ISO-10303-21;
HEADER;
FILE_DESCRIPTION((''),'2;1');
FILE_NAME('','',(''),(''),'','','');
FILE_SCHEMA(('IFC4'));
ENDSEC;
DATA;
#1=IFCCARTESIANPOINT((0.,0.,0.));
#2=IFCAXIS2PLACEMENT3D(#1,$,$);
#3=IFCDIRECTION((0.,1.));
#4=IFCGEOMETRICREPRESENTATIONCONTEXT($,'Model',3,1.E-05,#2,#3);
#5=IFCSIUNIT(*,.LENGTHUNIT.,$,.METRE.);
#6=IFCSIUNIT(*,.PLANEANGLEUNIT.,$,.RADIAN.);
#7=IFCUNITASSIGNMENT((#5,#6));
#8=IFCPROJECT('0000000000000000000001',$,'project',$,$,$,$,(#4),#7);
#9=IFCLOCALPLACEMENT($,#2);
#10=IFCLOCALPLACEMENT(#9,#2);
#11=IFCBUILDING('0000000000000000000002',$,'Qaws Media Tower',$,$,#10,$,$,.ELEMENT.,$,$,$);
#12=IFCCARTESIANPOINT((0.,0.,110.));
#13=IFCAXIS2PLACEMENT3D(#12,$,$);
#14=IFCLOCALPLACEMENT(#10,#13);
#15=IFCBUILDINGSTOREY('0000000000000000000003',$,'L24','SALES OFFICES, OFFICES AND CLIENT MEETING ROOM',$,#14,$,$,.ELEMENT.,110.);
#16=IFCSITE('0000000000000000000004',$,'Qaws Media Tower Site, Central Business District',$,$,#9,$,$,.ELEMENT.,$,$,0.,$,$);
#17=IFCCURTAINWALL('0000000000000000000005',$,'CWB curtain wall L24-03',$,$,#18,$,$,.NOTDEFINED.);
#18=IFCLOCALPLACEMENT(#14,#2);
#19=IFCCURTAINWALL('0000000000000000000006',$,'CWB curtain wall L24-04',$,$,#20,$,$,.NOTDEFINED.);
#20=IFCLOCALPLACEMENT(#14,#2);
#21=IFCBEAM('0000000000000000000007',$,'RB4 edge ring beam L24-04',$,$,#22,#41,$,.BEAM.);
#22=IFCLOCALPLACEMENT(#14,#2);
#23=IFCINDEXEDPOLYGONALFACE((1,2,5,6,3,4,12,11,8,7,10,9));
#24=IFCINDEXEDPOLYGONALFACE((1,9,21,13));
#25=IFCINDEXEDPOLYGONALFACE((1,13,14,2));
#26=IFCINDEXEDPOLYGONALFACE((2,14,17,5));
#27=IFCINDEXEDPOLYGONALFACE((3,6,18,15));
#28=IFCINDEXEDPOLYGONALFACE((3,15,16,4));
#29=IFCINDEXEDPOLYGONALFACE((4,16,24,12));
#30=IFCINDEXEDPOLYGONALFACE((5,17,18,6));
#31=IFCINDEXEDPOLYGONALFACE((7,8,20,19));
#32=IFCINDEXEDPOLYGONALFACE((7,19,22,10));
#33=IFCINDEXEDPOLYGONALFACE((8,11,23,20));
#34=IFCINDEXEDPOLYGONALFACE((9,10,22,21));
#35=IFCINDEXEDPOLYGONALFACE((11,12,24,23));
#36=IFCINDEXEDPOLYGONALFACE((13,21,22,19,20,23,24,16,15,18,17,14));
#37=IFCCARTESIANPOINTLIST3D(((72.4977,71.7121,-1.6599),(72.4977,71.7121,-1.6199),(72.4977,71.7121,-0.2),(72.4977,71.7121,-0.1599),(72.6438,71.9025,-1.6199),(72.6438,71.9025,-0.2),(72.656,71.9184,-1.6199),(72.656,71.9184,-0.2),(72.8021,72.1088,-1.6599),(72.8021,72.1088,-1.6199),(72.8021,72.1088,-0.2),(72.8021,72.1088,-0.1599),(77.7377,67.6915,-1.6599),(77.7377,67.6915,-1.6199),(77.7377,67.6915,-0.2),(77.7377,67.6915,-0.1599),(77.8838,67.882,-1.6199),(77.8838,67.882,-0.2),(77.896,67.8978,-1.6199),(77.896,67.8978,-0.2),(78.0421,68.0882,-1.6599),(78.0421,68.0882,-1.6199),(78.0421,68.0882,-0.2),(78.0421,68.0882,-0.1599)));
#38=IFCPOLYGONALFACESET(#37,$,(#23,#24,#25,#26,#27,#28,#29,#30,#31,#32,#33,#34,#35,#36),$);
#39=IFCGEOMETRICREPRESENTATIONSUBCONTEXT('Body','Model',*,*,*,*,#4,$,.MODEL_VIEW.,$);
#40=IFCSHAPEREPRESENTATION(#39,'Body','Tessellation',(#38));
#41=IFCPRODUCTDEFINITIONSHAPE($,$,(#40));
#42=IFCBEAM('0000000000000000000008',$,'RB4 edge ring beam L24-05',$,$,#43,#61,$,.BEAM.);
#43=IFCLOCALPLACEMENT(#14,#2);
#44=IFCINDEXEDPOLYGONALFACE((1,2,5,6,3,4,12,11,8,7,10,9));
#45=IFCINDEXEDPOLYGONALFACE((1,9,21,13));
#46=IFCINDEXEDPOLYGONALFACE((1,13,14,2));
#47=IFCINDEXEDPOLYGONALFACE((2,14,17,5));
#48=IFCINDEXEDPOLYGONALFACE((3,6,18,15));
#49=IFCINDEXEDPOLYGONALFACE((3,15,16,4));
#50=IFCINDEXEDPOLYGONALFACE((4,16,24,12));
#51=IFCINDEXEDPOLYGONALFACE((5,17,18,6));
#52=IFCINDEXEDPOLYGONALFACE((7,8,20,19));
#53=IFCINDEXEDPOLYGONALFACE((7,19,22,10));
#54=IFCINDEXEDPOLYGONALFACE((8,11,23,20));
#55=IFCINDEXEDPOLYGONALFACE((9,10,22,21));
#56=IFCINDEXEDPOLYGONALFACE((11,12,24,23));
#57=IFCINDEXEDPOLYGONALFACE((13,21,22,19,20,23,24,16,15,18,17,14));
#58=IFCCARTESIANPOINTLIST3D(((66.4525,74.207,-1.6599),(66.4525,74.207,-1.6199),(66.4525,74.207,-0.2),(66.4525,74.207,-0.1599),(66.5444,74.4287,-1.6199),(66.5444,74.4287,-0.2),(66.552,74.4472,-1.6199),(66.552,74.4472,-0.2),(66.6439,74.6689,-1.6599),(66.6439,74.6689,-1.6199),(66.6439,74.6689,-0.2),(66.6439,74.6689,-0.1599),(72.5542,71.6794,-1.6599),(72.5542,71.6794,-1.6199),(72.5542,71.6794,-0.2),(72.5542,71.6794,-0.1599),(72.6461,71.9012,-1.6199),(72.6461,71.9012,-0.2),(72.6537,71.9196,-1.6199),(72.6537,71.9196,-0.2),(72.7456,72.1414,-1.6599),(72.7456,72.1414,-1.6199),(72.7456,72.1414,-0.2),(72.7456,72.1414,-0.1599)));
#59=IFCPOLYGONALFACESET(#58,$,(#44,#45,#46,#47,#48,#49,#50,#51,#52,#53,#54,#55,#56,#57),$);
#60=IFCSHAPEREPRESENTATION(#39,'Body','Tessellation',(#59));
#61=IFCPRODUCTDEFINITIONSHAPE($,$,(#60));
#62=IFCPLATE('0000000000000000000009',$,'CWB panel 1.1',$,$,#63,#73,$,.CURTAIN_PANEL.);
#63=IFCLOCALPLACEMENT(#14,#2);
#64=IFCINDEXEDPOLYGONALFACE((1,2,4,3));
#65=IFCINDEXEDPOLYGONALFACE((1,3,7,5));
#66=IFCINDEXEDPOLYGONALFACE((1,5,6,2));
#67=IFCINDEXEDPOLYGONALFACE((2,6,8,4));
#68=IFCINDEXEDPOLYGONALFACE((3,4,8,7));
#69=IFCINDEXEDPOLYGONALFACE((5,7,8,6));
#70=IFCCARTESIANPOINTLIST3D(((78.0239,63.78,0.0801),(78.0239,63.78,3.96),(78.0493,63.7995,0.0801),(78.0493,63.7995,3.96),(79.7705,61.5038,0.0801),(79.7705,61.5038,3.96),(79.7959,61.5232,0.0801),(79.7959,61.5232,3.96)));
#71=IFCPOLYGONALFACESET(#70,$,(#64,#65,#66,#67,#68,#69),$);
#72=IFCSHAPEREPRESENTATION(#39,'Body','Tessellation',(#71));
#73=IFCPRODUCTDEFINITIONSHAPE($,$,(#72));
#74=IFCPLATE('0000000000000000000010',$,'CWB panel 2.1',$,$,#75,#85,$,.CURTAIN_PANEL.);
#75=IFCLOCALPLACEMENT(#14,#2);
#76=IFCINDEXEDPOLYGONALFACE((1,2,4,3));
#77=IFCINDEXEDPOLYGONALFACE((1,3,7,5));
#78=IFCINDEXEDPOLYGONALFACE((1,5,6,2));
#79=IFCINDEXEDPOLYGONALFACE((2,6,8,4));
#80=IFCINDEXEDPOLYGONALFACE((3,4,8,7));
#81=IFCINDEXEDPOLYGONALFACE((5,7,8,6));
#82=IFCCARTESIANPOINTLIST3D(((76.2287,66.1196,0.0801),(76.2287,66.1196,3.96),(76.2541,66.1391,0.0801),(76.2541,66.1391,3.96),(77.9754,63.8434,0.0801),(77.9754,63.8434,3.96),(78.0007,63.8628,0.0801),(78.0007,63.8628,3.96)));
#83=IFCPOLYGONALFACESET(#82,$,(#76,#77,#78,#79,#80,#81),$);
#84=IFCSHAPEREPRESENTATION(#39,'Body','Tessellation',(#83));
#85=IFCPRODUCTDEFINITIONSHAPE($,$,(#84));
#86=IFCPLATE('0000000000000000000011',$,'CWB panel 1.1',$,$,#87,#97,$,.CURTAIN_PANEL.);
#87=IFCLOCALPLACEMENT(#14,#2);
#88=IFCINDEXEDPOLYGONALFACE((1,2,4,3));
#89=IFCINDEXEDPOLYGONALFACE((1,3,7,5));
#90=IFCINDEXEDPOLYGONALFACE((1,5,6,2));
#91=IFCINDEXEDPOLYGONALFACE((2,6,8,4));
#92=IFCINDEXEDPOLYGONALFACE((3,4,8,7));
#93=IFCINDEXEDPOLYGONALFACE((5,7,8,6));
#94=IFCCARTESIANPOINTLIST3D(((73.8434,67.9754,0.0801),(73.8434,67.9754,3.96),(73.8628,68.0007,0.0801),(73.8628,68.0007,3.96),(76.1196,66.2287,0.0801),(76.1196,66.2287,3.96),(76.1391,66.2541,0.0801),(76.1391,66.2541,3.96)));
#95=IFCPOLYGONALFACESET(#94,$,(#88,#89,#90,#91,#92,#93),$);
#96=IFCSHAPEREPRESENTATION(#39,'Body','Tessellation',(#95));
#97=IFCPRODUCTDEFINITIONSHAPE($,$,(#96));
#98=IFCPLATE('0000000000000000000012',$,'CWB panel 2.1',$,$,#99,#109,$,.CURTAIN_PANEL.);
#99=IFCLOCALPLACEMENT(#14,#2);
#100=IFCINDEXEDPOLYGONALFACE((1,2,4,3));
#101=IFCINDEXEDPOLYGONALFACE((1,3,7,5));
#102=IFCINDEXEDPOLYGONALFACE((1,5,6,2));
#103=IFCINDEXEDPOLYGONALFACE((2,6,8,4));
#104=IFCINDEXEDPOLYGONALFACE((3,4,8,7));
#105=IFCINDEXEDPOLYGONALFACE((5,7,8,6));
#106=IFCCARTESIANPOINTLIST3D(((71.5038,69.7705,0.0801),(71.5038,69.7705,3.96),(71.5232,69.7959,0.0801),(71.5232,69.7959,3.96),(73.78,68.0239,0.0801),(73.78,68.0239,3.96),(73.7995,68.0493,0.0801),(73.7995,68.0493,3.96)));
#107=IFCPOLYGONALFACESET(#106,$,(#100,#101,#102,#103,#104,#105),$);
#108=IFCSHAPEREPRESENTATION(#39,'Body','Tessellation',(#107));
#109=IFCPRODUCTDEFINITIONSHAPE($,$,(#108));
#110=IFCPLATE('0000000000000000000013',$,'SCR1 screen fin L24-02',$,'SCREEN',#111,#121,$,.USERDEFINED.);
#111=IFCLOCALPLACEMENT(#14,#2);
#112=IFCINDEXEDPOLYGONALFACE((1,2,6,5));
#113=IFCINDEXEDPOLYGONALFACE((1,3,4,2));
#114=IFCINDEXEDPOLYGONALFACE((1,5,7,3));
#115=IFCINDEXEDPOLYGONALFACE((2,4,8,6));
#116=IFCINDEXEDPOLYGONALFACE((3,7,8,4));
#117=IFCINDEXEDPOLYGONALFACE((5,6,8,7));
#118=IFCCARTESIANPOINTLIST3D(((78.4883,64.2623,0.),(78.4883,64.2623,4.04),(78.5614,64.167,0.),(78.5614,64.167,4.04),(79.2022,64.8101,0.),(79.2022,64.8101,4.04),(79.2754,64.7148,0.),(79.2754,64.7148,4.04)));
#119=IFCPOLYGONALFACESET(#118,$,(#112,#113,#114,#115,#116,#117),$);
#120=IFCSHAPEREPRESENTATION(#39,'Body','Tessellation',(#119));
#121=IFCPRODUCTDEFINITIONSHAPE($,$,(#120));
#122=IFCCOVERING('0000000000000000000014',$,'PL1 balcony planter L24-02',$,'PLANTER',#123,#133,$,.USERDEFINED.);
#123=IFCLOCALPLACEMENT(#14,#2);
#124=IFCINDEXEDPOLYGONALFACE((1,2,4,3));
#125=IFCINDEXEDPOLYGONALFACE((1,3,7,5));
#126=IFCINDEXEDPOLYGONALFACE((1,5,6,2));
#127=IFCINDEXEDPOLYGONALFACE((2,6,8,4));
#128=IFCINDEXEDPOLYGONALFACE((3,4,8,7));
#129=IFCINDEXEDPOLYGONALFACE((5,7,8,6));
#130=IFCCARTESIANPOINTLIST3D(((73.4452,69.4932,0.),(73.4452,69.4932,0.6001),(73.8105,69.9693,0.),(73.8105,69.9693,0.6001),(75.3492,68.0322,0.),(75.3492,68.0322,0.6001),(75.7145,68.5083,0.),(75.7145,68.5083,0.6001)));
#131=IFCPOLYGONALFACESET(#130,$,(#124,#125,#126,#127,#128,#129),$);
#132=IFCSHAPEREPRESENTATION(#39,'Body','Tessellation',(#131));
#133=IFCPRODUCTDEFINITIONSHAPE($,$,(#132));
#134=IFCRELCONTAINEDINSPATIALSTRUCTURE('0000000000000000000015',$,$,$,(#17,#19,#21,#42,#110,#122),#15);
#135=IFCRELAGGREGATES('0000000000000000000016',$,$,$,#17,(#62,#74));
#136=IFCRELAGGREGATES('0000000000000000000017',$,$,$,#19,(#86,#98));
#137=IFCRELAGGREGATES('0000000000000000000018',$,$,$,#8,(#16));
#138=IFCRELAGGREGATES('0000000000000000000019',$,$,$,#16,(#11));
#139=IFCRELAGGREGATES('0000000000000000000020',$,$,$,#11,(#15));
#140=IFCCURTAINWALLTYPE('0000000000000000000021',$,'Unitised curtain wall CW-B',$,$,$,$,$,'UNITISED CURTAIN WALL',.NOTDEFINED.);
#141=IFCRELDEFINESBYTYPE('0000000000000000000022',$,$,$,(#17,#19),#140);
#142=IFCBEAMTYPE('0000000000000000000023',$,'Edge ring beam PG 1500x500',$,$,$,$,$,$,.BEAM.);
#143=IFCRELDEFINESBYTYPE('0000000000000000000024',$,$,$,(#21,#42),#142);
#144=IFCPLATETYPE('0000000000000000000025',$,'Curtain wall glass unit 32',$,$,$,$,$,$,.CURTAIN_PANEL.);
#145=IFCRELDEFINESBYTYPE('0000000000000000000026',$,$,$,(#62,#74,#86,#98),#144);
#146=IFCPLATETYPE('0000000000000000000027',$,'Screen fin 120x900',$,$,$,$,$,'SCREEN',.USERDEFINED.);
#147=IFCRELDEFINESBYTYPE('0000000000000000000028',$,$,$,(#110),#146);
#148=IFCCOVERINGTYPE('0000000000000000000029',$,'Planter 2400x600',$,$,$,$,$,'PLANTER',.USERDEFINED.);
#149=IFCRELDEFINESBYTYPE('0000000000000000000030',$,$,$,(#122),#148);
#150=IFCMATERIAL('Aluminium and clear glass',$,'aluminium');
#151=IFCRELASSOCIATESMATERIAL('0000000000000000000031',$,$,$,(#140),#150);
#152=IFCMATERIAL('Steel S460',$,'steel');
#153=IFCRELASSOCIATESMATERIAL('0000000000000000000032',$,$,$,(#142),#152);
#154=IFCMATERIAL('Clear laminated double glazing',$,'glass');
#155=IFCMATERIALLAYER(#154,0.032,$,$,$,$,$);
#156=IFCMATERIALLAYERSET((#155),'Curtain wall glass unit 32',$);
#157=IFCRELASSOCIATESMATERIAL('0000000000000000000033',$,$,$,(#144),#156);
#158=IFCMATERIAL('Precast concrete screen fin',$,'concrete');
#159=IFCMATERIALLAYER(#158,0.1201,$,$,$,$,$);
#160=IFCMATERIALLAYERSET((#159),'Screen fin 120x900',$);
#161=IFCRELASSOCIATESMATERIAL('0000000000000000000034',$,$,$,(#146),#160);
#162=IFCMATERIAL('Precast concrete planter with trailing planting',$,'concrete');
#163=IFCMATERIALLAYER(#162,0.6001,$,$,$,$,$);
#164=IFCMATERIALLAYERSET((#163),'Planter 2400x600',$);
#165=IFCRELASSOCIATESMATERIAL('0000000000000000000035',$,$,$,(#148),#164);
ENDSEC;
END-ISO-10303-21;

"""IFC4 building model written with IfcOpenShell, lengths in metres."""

from ifc_helpers import new_model, si_unit, direction, frame, origin, origin_2d, place, context, subcontext, project, spatial, rectangle, i_section, extrude, material, layer, layer_set, material_profile, profile_set, type_object, element, aggregate, save


model = new_model("IFC4")

# Units and contexts
model_context = context("Model", 3, precision=1e-05, world=origin(), true_north=direction((0.0, 1.0)))
body_context = subcontext(model_context, "Body", "Model", "MODEL_VIEW")
ifc_project = project(units=[si_unit("LENGTHUNIT", "METRE"), si_unit("PLANEANGLEUNIT", "RADIAN")], contexts=[model_context])

# Site, building, storey
site_placement = place(None, origin())
site = spatial("IfcSite", under=ifc_project, at=site_placement, Name="Qaws Media Tower Site, Central Business District", CompositionType="ELEMENT", RefElevation=0.0)
building_placement = place(site_placement, origin())
building = spatial("IfcBuilding", under=site, at=building_placement, Name="Qaws Media Tower", CompositionType="ELEMENT")
storey_placement = place(building_placement, frame((0.0, 0.0, 110.0)))
storey = spatial("IfcBuildingStorey", under=building, at=storey_placement, Name="L24", Description="SALES OFFICES, OFFICES AND CLIENT MEETING ROOM", CompositionType="ELEMENT", Elevation=110.0)

# Curtain walls
ifc_material_1 = material(Name="Aluminium and clear glass", Category="aluminium")
curtain_wall_type = type_object("IfcCurtainWallType", Name="Unitised curtain wall CW-B", ElementType="UNITISED CURTAIN WALL", PredefinedType="NOTDEFINED", material=ifc_material_1)
curtain_wall_1_placement = place(storey_placement, origin())
curtain_wall_1 = element("IfcCurtainWall", 1, at=curtain_wall_1_placement, inside=storey, type_object=curtain_wall_type, Name="CWB curtain wall L24-03", PredefinedType="NOTDEFINED")
curtain_wall_2_placement = place(storey_placement, origin())
curtain_wall_2 = element("IfcCurtainWall", 2, at=curtain_wall_2_placement, inside=storey, type_object=curtain_wall_type, Name="CWB curtain wall L24-04", PredefinedType="NOTDEFINED")

# Beams
ifc_material_2 = material(Name="Steel S460", Category="steel")
ifc_material_profile_1 = material_profile(ifc_material_2, i_section(OverallWidth=0.5, OverallDepth=1.5, WebThickness=0.02, FlangeThickness=0.04, at=origin_2d()), Name="PG 1500x500")
ifc_profile_set_1 = profile_set([ifc_material_profile_1], Name="Steel S460")
beam_type = type_object("IfcBeamType", Name="Edge ring beam PG 1500x500", PredefinedType="BEAM", material=ifc_profile_set_1)
for number, where, z_axis, x_axis, name in (
    (3, (77.8899, 67.8899, -0.9099), (-0.793374, 0.608735, 0.0), (-0.608735, -0.793374, 0.0), "RB4 edge ring beam L24-04"),
):
    element("IfcBeam", number, at=place(storey_placement, frame(where, z_axis=z_axis, x_axis=x_axis)), inside=storey, type_object=beam_type, Name=name, PredefinedType="BEAM", context=body_context, shape_type="SweptSolid", body=[
        extrude(i_section(OverallWidth=0.5, OverallDepth=1.5, WebThickness=0.02, FlangeThickness=0.04, at=origin_2d()), origin(), (0.0, 0.0, 1.0), 6.6047),
    ])
beam_placement = place(storey_placement, frame((72.6499, 71.9104, -0.9099), z_axis=(-0.923872, 0.382701, 0.0), x_axis=(-0.382701, -0.923872, 0.0)))
element("IfcBeam", 4, at=beam_placement, inside=storey, type_object=beam_type, Name="RB4 edge ring beam L24-05", PredefinedType="BEAM", context=body_context, shape_type="SweptSolid", body=[
    extrude(i_section(OverallWidth=0.5, OverallDepth=1.5, WebThickness=0.02, FlangeThickness=0.04, at=origin_2d()), origin(), (0.0, 0.0, 1.0), 6.6045),
])

# Plates
ifc_material_3 = material(Name="Clear laminated double glazing", Category="glass")
ifc_layer_1 = layer(ifc_material_3, 0.032)
ifc_layer_set_1 = layer_set([ifc_layer_1], Name="Curtain wall glass unit 32")
plate_type_1 = type_object("IfcPlateType", Name="Curtain wall glass unit 32", PredefinedType="CURTAIN_PANEL", material=ifc_layer_set_1)
plate_1_placement = place(storey_placement, frame((78.9099, 62.6516, 0.0801), z_axis=(0.0, 0.0, 1.0), x_axis=(-0.608762, 0.793353, 0.0)))
plate_1 = element("IfcPlate", 5, at=plate_1_placement, type_object=plate_type_1, Name="CWB panel 1.1", PredefinedType="CURTAIN_PANEL", context=body_context, shape_type="SweptSolid", body=[
    extrude(rectangle(XDim=2.8691, YDim=0.032, at=origin_2d()), origin(), (0.0, 0.0, 1.0), 3.8799),
])
plate_2_placement = place(storey_placement, frame((77.1147, 64.9912, 0.0801), z_axis=(0.0, 0.0, 1.0), x_axis=(-0.608762, 0.793353, 0.0)))
plate_2 = element("IfcPlate", 6, at=plate_2_placement, type_object=plate_type_1, Name="CWB panel 2.1", PredefinedType="CURTAIN_PANEL", context=body_context, shape_type="SweptSolid", body=[
    extrude(rectangle(XDim=2.8691, YDim=0.032, at=origin_2d()), origin(), (0.0, 0.0, 1.0), 3.8799),
])
aggregate(curtain_wall_1, [plate_1, plate_2])
plate_3_placement = place(storey_placement, frame((74.9912, 67.1147, 0.0801), z_axis=(0.0, 0.0, 1.0), x_axis=(-0.793353, 0.608762, 0.0)))
plate_3 = element("IfcPlate", 7, at=plate_3_placement, type_object=plate_type_1, Name="CWB panel 1.1", PredefinedType="CURTAIN_PANEL", context=body_context, shape_type="SweptSolid", body=[
    extrude(rectangle(XDim=2.8691, YDim=0.032, at=origin_2d()), origin(), (0.0, 0.0, 1.0), 3.8799),
])
plate_4_placement = place(storey_placement, frame((72.6516, 68.9099, 0.0801), z_axis=(0.0, 0.0, 1.0), x_axis=(-0.793353, 0.608762, 0.0)))
plate_4 = element("IfcPlate", 8, at=plate_4_placement, type_object=plate_type_1, Name="CWB panel 2.1", PredefinedType="CURTAIN_PANEL", context=body_context, shape_type="SweptSolid", body=[
    extrude(rectangle(XDim=2.8691, YDim=0.032, at=origin_2d()), origin(), (0.0, 0.0, 1.0), 3.8799),
])
aggregate(curtain_wall_2, [plate_3, plate_4])
ifc_material_4 = material(Name="Precast concrete screen fin", Category="concrete")
ifc_layer_2 = layer(ifc_material_4, 0.1201)
ifc_layer_set_2 = layer_set([ifc_layer_2], Name="Screen fin 120x900")
plate_type_2 = type_object("IfcPlateType", Name="Screen fin 120x900", ElementType="SCREEN", PredefinedType="USERDEFINED", material=ifc_layer_set_2)
plate_5_placement = place(storey_placement, frame((78.8818, 64.4885, 0.0), z_axis=(0.0, 0.0, 1.0), x_axis=(0.793353, 0.608761, 0.0)))
element("IfcPlate", 9, at=plate_5_placement, inside=storey, type_object=plate_type_2, Name="SCR1 screen fin L24-02", ObjectType="SCREEN", PredefinedType="USERDEFINED", context=body_context, shape_type="SweptSolid", body=[
    extrude(rectangle(XDim=0.8999, YDim=0.1201, at=origin_2d()), origin(), (0.0, 0.0, 1.0), 4.04),
])

# Covering
ifc_material_5 = material(Name="Precast concrete planter with trailing planting", Category="concrete")
ifc_layer_3 = layer(ifc_material_5, 0.6001)
ifc_layer_set_3 = layer_set([ifc_layer_3], Name="Planter 2400x600")
covering_type = type_object("IfcCoveringType", Name="Planter 2400x600", ElementType="PLANTER", PredefinedType="USERDEFINED", material=ifc_layer_set_3)
covering_placement = place(storey_placement, frame((74.5798, 69.0007, 0.0), z_axis=(0.0, 0.0, 1.0), x_axis=(-0.793353, 0.608761, 0.0)))
element("IfcCovering", 10, at=covering_placement, inside=storey, type_object=covering_type, Name="PL1 balcony planter L24-02", ObjectType="PLANTER", PredefinedType="USERDEFINED", context=body_context, shape_type="SweptSolid", body=[
    extrude(rectangle(XDim=2.3999, YDim=0.6001, at=origin_2d()), origin(), (0.0, 0.0, 1.0), 0.6001),
])

save(model, "model.ifc")
